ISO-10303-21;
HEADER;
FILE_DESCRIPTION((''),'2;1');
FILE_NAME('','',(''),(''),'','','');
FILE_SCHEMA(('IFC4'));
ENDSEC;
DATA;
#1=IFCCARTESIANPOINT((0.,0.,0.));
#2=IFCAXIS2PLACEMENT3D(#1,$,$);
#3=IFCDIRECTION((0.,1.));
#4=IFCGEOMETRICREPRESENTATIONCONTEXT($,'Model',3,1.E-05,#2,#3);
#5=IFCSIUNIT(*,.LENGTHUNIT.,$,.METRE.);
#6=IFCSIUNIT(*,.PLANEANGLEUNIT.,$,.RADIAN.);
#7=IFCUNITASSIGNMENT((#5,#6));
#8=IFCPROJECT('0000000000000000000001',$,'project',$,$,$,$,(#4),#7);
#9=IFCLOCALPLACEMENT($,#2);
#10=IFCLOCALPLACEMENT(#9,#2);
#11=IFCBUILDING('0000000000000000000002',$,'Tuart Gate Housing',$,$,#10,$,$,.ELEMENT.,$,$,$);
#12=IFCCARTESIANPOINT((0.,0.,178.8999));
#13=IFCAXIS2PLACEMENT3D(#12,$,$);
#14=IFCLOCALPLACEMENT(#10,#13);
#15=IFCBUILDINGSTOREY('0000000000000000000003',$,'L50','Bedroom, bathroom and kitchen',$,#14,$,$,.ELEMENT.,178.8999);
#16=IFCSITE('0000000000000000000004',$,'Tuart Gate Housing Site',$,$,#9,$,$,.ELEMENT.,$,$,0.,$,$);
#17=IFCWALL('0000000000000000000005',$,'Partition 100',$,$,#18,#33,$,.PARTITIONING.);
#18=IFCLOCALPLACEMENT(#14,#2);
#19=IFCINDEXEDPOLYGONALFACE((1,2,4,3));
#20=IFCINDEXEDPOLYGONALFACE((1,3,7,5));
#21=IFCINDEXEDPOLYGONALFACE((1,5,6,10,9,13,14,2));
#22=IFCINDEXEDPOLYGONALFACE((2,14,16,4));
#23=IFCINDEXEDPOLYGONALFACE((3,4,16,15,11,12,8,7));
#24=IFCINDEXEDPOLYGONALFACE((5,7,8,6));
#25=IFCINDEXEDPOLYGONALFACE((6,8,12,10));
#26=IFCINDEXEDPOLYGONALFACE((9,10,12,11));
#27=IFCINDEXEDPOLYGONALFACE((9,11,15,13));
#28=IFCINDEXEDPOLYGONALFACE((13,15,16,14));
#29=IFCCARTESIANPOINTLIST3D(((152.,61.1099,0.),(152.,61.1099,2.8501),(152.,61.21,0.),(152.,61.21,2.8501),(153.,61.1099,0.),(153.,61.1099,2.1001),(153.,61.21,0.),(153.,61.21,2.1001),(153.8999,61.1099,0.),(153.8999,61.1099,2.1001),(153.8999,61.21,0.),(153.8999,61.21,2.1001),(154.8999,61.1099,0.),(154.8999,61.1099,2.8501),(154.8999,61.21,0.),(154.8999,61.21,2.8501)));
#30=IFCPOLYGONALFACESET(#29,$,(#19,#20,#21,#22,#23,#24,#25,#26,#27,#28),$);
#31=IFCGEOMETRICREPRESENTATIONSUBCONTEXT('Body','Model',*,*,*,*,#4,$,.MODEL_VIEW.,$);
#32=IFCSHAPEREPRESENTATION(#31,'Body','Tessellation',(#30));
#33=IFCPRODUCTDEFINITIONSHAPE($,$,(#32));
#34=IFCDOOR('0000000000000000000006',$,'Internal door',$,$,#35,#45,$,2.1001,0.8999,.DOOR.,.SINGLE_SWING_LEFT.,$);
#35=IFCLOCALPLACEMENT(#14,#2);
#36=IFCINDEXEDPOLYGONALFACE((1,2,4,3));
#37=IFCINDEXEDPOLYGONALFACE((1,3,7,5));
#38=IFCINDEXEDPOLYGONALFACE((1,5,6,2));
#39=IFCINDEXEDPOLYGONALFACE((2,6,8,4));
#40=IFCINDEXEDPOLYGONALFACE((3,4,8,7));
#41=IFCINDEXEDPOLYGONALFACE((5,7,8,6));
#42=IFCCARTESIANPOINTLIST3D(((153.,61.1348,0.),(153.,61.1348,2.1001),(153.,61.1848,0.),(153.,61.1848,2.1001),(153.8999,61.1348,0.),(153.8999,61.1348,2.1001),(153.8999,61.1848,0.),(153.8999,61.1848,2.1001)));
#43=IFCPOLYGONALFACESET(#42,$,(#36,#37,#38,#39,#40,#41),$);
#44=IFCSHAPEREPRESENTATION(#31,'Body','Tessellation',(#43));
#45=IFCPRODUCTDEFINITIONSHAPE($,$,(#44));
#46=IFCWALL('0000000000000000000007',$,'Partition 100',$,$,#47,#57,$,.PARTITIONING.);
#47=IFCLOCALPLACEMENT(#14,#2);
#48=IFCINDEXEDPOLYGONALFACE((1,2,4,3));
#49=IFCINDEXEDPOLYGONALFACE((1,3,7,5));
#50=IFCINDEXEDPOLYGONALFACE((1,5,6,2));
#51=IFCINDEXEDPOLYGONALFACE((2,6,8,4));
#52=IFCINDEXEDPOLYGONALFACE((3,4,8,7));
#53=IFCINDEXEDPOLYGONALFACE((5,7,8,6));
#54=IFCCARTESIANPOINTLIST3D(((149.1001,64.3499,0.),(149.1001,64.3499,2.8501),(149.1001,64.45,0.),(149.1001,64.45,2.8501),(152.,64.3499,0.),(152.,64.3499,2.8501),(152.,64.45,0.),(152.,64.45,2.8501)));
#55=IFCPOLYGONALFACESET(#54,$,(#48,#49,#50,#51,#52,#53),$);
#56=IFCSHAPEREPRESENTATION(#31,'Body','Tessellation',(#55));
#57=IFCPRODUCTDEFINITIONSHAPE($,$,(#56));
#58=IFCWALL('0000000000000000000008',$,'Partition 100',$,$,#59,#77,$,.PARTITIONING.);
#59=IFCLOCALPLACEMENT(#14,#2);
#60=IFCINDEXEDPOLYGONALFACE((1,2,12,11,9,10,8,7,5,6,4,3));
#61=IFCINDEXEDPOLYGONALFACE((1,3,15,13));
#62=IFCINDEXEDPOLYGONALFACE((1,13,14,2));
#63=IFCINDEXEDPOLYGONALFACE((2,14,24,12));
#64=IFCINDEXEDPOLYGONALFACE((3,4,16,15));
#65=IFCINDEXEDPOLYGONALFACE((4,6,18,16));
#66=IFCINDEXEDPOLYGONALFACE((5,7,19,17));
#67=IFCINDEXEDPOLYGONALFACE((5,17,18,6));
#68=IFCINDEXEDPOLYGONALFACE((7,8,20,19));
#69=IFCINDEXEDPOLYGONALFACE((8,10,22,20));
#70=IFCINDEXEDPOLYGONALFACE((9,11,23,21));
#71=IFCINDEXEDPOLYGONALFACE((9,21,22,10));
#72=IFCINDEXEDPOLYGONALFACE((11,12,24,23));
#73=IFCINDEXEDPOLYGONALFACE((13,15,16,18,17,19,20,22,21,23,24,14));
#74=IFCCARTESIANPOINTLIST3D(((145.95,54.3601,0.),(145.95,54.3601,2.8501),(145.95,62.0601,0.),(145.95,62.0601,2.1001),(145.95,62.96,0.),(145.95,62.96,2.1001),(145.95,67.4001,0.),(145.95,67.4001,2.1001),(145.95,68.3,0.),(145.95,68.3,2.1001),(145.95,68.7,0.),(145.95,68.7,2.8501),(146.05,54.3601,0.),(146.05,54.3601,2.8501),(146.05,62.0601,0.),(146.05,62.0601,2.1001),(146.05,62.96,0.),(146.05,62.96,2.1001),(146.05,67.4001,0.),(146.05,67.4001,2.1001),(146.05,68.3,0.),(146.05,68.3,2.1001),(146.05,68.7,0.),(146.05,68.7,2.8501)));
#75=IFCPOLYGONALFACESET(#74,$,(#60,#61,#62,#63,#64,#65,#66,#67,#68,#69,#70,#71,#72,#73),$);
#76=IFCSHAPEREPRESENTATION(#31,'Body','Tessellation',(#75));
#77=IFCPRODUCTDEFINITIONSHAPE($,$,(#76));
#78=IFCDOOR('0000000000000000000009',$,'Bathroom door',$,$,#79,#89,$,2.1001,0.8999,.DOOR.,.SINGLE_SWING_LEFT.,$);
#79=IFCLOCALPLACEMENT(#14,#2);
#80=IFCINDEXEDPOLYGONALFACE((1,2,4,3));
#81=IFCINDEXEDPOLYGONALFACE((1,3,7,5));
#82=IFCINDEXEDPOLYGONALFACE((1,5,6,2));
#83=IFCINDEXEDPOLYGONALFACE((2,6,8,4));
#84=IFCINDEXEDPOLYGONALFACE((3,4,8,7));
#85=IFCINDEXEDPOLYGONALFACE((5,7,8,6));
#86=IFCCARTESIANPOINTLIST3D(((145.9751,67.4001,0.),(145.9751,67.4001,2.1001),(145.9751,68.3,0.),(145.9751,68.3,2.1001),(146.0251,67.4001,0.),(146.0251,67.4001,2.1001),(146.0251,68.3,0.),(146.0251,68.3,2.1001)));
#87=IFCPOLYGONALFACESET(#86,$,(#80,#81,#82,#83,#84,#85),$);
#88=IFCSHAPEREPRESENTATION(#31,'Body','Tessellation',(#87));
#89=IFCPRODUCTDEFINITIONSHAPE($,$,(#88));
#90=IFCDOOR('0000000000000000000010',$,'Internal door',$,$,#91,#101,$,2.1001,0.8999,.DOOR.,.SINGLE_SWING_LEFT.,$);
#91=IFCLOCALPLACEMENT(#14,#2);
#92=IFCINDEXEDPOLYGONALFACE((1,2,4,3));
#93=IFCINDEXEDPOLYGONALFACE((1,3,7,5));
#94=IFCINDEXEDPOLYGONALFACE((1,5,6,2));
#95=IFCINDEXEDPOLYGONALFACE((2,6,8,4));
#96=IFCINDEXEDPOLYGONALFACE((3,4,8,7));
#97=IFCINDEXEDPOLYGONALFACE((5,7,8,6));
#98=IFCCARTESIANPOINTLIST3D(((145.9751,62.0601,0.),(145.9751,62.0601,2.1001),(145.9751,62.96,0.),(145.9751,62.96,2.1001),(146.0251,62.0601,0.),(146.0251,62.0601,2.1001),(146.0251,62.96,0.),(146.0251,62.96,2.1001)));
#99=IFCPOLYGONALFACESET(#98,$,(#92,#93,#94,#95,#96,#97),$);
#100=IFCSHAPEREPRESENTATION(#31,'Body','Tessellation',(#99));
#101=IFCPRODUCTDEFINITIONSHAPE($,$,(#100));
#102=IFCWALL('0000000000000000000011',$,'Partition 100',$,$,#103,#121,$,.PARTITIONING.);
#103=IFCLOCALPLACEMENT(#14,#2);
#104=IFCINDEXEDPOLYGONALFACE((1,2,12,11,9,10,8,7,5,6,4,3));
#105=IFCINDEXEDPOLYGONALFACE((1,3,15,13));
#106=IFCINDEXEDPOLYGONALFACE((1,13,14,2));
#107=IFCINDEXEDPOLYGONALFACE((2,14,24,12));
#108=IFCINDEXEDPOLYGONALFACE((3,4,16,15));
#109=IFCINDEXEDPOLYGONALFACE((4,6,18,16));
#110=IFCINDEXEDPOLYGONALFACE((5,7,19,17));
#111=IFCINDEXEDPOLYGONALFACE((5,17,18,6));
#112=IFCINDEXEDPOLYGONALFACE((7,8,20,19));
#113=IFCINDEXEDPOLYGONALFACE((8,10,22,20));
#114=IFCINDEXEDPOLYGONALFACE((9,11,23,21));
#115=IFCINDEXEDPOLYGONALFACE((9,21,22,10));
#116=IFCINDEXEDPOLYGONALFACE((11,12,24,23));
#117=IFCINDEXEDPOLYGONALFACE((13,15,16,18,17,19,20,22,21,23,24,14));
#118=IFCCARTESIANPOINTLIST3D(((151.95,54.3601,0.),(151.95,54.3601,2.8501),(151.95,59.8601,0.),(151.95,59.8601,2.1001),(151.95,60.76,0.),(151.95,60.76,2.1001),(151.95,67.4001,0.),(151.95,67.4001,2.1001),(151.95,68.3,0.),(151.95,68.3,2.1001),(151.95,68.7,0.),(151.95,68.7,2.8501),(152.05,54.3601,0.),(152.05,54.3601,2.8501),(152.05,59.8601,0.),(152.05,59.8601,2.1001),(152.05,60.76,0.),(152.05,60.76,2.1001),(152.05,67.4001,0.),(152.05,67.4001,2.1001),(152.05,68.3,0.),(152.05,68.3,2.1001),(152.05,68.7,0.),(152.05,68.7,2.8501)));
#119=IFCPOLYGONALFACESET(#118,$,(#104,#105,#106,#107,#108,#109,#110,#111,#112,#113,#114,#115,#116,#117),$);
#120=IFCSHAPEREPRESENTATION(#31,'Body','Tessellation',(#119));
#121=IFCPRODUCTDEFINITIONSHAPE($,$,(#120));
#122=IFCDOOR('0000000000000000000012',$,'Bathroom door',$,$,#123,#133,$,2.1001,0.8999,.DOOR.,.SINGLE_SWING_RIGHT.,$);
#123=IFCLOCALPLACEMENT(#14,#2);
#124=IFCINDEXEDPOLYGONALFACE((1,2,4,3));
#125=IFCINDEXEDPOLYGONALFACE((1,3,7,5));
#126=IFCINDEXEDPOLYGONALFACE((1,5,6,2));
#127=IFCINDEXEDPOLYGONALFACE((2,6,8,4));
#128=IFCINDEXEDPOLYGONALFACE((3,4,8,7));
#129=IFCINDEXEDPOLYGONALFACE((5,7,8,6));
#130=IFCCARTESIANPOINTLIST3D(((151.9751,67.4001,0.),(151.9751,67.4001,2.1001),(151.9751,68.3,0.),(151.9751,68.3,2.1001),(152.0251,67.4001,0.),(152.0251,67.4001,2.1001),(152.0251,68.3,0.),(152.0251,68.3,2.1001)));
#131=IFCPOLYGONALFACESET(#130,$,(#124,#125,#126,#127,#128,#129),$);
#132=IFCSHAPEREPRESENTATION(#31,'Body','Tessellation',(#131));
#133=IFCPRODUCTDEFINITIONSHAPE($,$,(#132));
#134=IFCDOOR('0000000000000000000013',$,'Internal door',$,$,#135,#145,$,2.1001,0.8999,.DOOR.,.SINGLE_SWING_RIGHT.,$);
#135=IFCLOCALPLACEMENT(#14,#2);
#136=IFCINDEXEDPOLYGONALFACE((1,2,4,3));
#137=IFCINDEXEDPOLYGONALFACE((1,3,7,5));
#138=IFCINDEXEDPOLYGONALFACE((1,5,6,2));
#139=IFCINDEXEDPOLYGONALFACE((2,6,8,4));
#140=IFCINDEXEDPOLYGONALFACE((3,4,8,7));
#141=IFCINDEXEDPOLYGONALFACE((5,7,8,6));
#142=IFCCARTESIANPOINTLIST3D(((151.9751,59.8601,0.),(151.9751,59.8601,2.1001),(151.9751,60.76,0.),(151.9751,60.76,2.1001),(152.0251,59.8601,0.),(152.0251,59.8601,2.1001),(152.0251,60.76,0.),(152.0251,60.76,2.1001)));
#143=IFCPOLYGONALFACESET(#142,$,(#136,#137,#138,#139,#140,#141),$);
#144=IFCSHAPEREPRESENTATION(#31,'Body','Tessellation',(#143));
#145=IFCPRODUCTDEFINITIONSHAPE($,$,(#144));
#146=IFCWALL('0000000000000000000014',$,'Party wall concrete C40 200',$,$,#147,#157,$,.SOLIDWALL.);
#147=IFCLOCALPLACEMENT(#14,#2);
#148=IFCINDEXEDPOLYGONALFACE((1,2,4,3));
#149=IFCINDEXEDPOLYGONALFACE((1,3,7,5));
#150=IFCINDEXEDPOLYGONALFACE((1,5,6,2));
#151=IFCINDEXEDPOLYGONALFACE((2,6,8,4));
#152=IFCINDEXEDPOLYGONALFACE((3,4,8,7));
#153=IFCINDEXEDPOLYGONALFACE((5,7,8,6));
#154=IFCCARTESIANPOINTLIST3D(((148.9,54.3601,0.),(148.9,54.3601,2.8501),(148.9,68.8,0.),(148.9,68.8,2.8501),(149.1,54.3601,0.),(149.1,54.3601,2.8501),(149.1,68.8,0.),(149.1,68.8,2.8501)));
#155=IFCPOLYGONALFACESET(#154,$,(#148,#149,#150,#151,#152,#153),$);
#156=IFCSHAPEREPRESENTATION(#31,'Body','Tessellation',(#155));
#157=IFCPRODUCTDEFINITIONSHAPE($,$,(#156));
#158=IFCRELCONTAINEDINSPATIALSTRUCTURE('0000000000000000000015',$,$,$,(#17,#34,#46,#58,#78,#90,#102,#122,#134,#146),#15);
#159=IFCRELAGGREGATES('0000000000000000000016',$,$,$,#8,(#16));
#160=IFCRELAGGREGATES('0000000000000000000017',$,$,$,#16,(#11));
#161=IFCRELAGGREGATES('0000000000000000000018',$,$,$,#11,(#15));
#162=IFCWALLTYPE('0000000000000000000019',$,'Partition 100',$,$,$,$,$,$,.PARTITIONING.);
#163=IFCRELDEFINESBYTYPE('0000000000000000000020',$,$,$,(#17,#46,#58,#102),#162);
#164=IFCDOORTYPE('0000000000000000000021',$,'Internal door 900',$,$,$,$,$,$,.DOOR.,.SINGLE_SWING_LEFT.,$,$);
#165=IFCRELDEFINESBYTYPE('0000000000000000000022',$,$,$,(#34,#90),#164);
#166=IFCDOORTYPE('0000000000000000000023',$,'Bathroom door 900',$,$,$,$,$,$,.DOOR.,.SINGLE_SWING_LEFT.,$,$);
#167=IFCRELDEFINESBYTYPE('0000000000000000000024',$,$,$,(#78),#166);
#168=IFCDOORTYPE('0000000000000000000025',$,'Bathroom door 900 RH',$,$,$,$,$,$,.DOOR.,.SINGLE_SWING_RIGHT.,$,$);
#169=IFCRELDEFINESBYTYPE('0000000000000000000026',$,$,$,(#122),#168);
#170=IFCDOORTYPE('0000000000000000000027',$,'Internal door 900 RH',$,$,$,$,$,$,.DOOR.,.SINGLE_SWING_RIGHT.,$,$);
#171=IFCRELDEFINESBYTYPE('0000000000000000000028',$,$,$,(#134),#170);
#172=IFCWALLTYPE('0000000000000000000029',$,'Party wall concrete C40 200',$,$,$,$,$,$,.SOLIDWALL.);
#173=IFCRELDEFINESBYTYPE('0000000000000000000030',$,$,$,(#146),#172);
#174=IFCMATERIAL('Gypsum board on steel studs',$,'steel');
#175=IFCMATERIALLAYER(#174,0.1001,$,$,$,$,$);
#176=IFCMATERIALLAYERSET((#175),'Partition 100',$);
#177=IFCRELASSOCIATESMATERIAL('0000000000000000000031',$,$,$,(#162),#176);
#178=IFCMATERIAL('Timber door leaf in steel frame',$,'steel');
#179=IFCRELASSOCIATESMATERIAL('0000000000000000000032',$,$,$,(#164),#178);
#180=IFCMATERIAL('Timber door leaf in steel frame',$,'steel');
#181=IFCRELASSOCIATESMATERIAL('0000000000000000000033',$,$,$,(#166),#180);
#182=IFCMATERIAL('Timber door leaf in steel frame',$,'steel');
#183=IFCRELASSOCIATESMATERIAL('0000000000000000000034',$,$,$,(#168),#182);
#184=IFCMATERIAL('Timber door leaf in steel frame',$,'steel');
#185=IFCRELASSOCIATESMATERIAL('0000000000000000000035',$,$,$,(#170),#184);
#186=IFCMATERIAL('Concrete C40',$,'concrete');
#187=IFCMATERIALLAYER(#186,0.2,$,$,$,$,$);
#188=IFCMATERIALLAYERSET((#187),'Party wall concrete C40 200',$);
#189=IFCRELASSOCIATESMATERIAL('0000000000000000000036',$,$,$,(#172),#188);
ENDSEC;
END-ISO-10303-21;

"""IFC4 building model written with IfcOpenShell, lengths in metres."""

from ifc_helpers import new_model, si_unit, direction, frame, frame_2d, origin, place, context, subcontext, project, spatial, rectangle, extrude, material, layer, layer_set, type_object, element, fill, save


model = new_model("IFC4")

# Units and contexts
model_context = context("Model", 3, precision=1e-05, world=origin(), true_north=direction((0.0, 1.0)))
body_context = subcontext(model_context, "Body", "Model", "MODEL_VIEW")
ifc_project = project(units=[si_unit("LENGTHUNIT", "METRE"), si_unit("PLANEANGLEUNIT", "RADIAN")], contexts=[model_context])

# Site, building, storey
site_placement = place(None, origin())
site = spatial("IfcSite", under=ifc_project, at=site_placement, Name="Tuart Gate Housing Site", CompositionType="ELEMENT", RefElevation=0.0)
building_placement = place(site_placement, origin())
building = spatial("IfcBuilding", under=site, at=building_placement, Name="Tuart Gate Housing", CompositionType="ELEMENT")
storey_placement = place(building_placement, frame((0.0, 0.0, 178.8999)))
storey = spatial("IfcBuildingStorey", under=building, at=storey_placement, Name="L50", Description="Bedroom, bathroom and kitchen", CompositionType="ELEMENT", Elevation=178.8999)

# Shared definitions
ifc_material_1 = material(Name="Gypsum board on steel studs", Category="steel")
ifc_layer_1 = layer(ifc_material_1, 0.1001)
ifc_layer_set_1 = layer_set([ifc_layer_1], Name="Partition 100")
wall_type_1 = type_object("IfcWallType", Name="Partition 100", PredefinedType="PARTITIONING", material=ifc_layer_set_1)

# Wall, opening, door
wall_1_placement = place(storey_placement, frame((152.0, 61.1599, 0.0), z_axis=(0.0, 0.0, 1.0), x_axis=(1.0, 0.0, 0.0)))
wall_1 = element("IfcWall", 1, at=wall_1_placement, inside=storey, type_object=wall_type_1, Name="Partition 100", PredefinedType="PARTITIONING", context=body_context, shape_type="SweptSolid", body=[
    extrude(rectangle(XDim=2.8999, YDim=0.1001, at=frame_2d((1.45, 0.0))), origin(), (0.0, 0.0, 1.0), 2.8501),
])
opening_1_placement = place(wall_1_placement, frame((1.0, 0.0, 0.0)))
opening_1 = element("IfcOpeningElement", 2, at=opening_1_placement, cuts=wall_1, PredefinedType="OPENING", context=body_context, shape_type="SweptSolid", body=[
    extrude(rectangle(XDim=0.8999, YDim=2.1001, at=frame_2d((0.45, 1.05))), frame((0.0, 0.0601, 0.0), z_axis=(0.0, -1.0, 0.0), x_axis=(1.0, 0.0, 0.0)), (0.0, 0.0, 1.0), 0.1201),
])
ifc_material_2 = material(Name="Timber door leaf in steel frame", Category="steel")
door_type_1 = type_object("IfcDoorType", Name="Internal door 900", OperationType="SINGLE_SWING_LEFT", PredefinedType="DOOR", material=ifc_material_2)
door_1_placement = place(opening_1_placement, origin())
door_1 = element("IfcDoor", 3, at=door_1_placement, inside=storey, type_object=door_type_1, Name="Internal door", OperationType="SINGLE_SWING_LEFT", OverallHeight=2.1001, OverallWidth=0.8999, PredefinedType="DOOR", context=body_context, shape_type="SweptSolid", body=[
    extrude(rectangle(XDim=0.8999, YDim=2.1001, at=frame_2d((0.45, 1.05))), frame((0.0, 0.0249, 0.0), z_axis=(0.0, -1.0, 0.0), x_axis=(1.0, 0.0, 0.0)), (0.0, 0.0, 1.0), 0.05),
])
fill(opening_1, door_1)

# Wall
wall_2_placement = place(storey_placement, frame((149.1001, 64.3999, 0.0), z_axis=(0.0, 0.0, 1.0), x_axis=(1.0, 0.0, 0.0)))
element("IfcWall", 4, at=wall_2_placement, inside=storey, type_object=wall_type_1, Name="Partition 100", PredefinedType="PARTITIONING", context=body_context, shape_type="SweptSolid", body=[
    extrude(rectangle(XDim=2.8999, YDim=0.1001, at=frame_2d((1.45, 0.0))), origin(), (0.0, 0.0, 1.0), 2.8501),
])

# Walls, openings, doors
wall_3_placement = place(storey_placement, frame((146.0, 54.3601, 0.0), z_axis=(0.0, 0.0, 1.0), x_axis=(0.0, 1.0, 0.0)))
wall_3 = element("IfcWall", 5, at=wall_3_placement, inside=storey, type_object=wall_type_1, Name="Partition 100", PredefinedType="PARTITIONING", context=body_context, shape_type="SweptSolid", body=[
    extrude(rectangle(XDim=14.3398, YDim=0.1001, at=frame_2d((7.1699, 0.0))), origin(), (0.0, 0.0, 1.0), 2.8501),
])
opening_2_placement = place(wall_3_placement, frame((7.7, 0.0, 0.0)))
opening_2 = element("IfcOpeningElement", 6, at=opening_2_placement, cuts=wall_3, PredefinedType="OPENING", context=body_context, shape_type="SweptSolid", body=[
    extrude(rectangle(XDim=0.8999, YDim=2.1001, at=frame_2d((0.45, 1.05))), frame((0.0, 0.0601, 0.0), z_axis=(0.0, -1.0, 0.0), x_axis=(1.0, 0.0, 0.0)), (0.0, 0.0, 1.0), 0.1201),
])
opening_3_placement = place(wall_3_placement, frame((13.04, 0.0, 0.0)))
opening_3 = element("IfcOpeningElement", 7, at=opening_3_placement, cuts=wall_3, PredefinedType="OPENING", context=body_context, shape_type="SweptSolid", body=[
    extrude(rectangle(XDim=0.8999, YDim=2.1001, at=frame_2d((0.45, 1.05))), frame((0.0, 0.0601, 0.0), z_axis=(0.0, -1.0, 0.0), x_axis=(1.0, 0.0, 0.0)), (0.0, 0.0, 1.0), 0.1201),
])
ifc_material_3 = material(Name="Timber door leaf in steel frame", Category="steel")
door_type_2 = type_object("IfcDoorType", Name="Bathroom door 900", OperationType="SINGLE_SWING_LEFT", PredefinedType="DOOR", material=ifc_material_3)
door_2_placement = place(opening_3_placement, frame((0.8999, 0.0, 0.0), z_axis=(0.0, 0.0, 1.0), x_axis=(-1.0, 0.0, 0.0)))
door_2 = element("IfcDoor", 8, at=door_2_placement, inside=storey, type_object=door_type_2, Name="Bathroom door", OperationType="SINGLE_SWING_LEFT", OverallHeight=2.1001, OverallWidth=0.8999, PredefinedType="DOOR", context=body_context, shape_type="SweptSolid", body=[
    extrude(rectangle(XDim=0.8999, YDim=2.1001, at=frame_2d((0.45, 1.05))), frame((0.0, 0.0251, 0.0), z_axis=(0.0, -1.0, 0.0), x_axis=(1.0, 0.0, 0.0)), (0.0, 0.0, 1.0), 0.05),
])
fill(opening_3, door_2)
door_3_placement = place(opening_2_placement, frame((0.8999, 0.0, 0.0), z_axis=(0.0, 0.0, 1.0), x_axis=(-1.0, 0.0, 0.0)))
door_3 = element("IfcDoor", 9, at=door_3_placement, inside=storey, type_object=door_type_1, Name="Internal door", OperationType="SINGLE_SWING_LEFT", OverallHeight=2.1001, OverallWidth=0.8999, PredefinedType="DOOR", context=body_context, shape_type="SweptSolid", body=[
    extrude(rectangle(XDim=0.8999, YDim=2.1001, at=frame_2d((0.45, 1.05))), frame((0.0, 0.0251, 0.0), z_axis=(0.0, -1.0, 0.0), x_axis=(1.0, 0.0, 0.0)), (0.0, 0.0, 1.0), 0.05),
])
fill(opening_2, door_3)
wall_4_placement = place(storey_placement, frame((152.0, 54.3601, 0.0), z_axis=(0.0, 0.0, 1.0), x_axis=(0.0, 1.0, 0.0)))
wall_4 = element("IfcWall", 10, at=wall_4_placement, inside=storey, type_object=wall_type_1, Name="Partition 100", PredefinedType="PARTITIONING", context=body_context, shape_type="SweptSolid", body=[
    extrude(rectangle(XDim=14.3398, YDim=0.1001, at=frame_2d((7.1699, 0.0))), origin(), (0.0, 0.0, 1.0), 2.8501),
])
opening_4_placement = place(wall_4_placement, frame((5.5, 0.0, 0.0)))
opening_4 = element("IfcOpeningElement", 11, at=opening_4_placement, cuts=wall_4, PredefinedType="OPENING", context=body_context, shape_type="SweptSolid", body=[
    extrude(rectangle(XDim=0.8999, YDim=2.1001, at=frame_2d((0.45, 1.05))), frame((0.0, 0.0601, 0.0), z_axis=(0.0, -1.0, 0.0), x_axis=(1.0, 0.0, 0.0)), (0.0, 0.0, 1.0), 0.1201),
])
opening_5_placement = place(wall_4_placement, frame((13.04, 0.0, 0.0)))
opening_5 = element("IfcOpeningElement", 12, at=opening_5_placement, cuts=wall_4, PredefinedType="OPENING", context=body_context, shape_type="SweptSolid", body=[
    extrude(rectangle(XDim=0.8999, YDim=2.1001, at=frame_2d((0.45, 1.05))), frame((0.0, 0.0601, 0.0), z_axis=(0.0, -1.0, 0.0), x_axis=(1.0, 0.0, 0.0)), (0.0, 0.0, 1.0), 0.1201),
])
ifc_material_4 = material(Name="Timber door leaf in steel frame", Category="steel")
door_type_3 = type_object("IfcDoorType", Name="Bathroom door 900 RH", OperationType="SINGLE_SWING_RIGHT", PredefinedType="DOOR", material=ifc_material_4)
door_4_placement = place(opening_5_placement, origin())
door_4 = element("IfcDoor", 13, at=door_4_placement, inside=storey, type_object=door_type_3, Name="Bathroom door", OperationType="SINGLE_SWING_RIGHT", OverallHeight=2.1001, OverallWidth=0.8999, PredefinedType="DOOR", context=body_context, shape_type="SweptSolid", body=[
    extrude(rectangle(XDim=0.8999, YDim=2.1001, at=frame_2d((0.45, 1.05))), frame((0.0, 0.0249, 0.0), z_axis=(0.0, -1.0, 0.0), x_axis=(1.0, 0.0, 0.0)), (0.0, 0.0, 1.0), 0.05),
])
fill(opening_5, door_4)
ifc_material_5 = material(Name="Timber door leaf in steel frame", Category="steel")
door_type_4 = type_object("IfcDoorType", Name="Internal door 900 RH", OperationType="SINGLE_SWING_RIGHT", PredefinedType="DOOR", material=ifc_material_5)
door_5_placement = place(opening_4_placement, origin())
door_5 = element("IfcDoor", 14, at=door_5_placement, inside=storey, type_object=door_type_4, Name="Internal door", OperationType="SINGLE_SWING_RIGHT", OverallHeight=2.1001, OverallWidth=0.8999, PredefinedType="DOOR", context=body_context, shape_type="SweptSolid", body=[
    extrude(rectangle(XDim=0.8999, YDim=2.1001, at=frame_2d((0.45, 1.05))), frame((0.0, 0.0249, 0.0), z_axis=(0.0, -1.0, 0.0), x_axis=(1.0, 0.0, 0.0)), (0.0, 0.0, 1.0), 0.05),
])
fill(opening_4, door_5)

# Wall
ifc_material_6 = material(Name="Concrete C40", Category="concrete")
ifc_layer_2 = layer(ifc_material_6, 0.2)
ifc_layer_set_2 = layer_set([ifc_layer_2], Name="Party wall concrete C40 200")
wall_type_2 = type_object("IfcWallType", Name="Party wall concrete C40 200", PredefinedType="SOLIDWALL", material=ifc_layer_set_2)
wall_5_placement = place(storey_placement, frame((149.0, 54.3601, 0.0), z_axis=(0.0, 0.0, 1.0), x_axis=(0.0, 1.0, 0.0)))
element("IfcWall", 15, at=wall_5_placement, inside=storey, type_object=wall_type_2, Name="Party wall concrete C40 200", PredefinedType="SOLIDWALL", context=body_context, shape_type="SweptSolid", body=[
    extrude(rectangle(XDim=14.4399, YDim=0.2, at=frame_2d((7.22, 0.0))), origin(), (0.0, 0.0, 1.0), 2.8501),
])

save(model, "model.ifc")
